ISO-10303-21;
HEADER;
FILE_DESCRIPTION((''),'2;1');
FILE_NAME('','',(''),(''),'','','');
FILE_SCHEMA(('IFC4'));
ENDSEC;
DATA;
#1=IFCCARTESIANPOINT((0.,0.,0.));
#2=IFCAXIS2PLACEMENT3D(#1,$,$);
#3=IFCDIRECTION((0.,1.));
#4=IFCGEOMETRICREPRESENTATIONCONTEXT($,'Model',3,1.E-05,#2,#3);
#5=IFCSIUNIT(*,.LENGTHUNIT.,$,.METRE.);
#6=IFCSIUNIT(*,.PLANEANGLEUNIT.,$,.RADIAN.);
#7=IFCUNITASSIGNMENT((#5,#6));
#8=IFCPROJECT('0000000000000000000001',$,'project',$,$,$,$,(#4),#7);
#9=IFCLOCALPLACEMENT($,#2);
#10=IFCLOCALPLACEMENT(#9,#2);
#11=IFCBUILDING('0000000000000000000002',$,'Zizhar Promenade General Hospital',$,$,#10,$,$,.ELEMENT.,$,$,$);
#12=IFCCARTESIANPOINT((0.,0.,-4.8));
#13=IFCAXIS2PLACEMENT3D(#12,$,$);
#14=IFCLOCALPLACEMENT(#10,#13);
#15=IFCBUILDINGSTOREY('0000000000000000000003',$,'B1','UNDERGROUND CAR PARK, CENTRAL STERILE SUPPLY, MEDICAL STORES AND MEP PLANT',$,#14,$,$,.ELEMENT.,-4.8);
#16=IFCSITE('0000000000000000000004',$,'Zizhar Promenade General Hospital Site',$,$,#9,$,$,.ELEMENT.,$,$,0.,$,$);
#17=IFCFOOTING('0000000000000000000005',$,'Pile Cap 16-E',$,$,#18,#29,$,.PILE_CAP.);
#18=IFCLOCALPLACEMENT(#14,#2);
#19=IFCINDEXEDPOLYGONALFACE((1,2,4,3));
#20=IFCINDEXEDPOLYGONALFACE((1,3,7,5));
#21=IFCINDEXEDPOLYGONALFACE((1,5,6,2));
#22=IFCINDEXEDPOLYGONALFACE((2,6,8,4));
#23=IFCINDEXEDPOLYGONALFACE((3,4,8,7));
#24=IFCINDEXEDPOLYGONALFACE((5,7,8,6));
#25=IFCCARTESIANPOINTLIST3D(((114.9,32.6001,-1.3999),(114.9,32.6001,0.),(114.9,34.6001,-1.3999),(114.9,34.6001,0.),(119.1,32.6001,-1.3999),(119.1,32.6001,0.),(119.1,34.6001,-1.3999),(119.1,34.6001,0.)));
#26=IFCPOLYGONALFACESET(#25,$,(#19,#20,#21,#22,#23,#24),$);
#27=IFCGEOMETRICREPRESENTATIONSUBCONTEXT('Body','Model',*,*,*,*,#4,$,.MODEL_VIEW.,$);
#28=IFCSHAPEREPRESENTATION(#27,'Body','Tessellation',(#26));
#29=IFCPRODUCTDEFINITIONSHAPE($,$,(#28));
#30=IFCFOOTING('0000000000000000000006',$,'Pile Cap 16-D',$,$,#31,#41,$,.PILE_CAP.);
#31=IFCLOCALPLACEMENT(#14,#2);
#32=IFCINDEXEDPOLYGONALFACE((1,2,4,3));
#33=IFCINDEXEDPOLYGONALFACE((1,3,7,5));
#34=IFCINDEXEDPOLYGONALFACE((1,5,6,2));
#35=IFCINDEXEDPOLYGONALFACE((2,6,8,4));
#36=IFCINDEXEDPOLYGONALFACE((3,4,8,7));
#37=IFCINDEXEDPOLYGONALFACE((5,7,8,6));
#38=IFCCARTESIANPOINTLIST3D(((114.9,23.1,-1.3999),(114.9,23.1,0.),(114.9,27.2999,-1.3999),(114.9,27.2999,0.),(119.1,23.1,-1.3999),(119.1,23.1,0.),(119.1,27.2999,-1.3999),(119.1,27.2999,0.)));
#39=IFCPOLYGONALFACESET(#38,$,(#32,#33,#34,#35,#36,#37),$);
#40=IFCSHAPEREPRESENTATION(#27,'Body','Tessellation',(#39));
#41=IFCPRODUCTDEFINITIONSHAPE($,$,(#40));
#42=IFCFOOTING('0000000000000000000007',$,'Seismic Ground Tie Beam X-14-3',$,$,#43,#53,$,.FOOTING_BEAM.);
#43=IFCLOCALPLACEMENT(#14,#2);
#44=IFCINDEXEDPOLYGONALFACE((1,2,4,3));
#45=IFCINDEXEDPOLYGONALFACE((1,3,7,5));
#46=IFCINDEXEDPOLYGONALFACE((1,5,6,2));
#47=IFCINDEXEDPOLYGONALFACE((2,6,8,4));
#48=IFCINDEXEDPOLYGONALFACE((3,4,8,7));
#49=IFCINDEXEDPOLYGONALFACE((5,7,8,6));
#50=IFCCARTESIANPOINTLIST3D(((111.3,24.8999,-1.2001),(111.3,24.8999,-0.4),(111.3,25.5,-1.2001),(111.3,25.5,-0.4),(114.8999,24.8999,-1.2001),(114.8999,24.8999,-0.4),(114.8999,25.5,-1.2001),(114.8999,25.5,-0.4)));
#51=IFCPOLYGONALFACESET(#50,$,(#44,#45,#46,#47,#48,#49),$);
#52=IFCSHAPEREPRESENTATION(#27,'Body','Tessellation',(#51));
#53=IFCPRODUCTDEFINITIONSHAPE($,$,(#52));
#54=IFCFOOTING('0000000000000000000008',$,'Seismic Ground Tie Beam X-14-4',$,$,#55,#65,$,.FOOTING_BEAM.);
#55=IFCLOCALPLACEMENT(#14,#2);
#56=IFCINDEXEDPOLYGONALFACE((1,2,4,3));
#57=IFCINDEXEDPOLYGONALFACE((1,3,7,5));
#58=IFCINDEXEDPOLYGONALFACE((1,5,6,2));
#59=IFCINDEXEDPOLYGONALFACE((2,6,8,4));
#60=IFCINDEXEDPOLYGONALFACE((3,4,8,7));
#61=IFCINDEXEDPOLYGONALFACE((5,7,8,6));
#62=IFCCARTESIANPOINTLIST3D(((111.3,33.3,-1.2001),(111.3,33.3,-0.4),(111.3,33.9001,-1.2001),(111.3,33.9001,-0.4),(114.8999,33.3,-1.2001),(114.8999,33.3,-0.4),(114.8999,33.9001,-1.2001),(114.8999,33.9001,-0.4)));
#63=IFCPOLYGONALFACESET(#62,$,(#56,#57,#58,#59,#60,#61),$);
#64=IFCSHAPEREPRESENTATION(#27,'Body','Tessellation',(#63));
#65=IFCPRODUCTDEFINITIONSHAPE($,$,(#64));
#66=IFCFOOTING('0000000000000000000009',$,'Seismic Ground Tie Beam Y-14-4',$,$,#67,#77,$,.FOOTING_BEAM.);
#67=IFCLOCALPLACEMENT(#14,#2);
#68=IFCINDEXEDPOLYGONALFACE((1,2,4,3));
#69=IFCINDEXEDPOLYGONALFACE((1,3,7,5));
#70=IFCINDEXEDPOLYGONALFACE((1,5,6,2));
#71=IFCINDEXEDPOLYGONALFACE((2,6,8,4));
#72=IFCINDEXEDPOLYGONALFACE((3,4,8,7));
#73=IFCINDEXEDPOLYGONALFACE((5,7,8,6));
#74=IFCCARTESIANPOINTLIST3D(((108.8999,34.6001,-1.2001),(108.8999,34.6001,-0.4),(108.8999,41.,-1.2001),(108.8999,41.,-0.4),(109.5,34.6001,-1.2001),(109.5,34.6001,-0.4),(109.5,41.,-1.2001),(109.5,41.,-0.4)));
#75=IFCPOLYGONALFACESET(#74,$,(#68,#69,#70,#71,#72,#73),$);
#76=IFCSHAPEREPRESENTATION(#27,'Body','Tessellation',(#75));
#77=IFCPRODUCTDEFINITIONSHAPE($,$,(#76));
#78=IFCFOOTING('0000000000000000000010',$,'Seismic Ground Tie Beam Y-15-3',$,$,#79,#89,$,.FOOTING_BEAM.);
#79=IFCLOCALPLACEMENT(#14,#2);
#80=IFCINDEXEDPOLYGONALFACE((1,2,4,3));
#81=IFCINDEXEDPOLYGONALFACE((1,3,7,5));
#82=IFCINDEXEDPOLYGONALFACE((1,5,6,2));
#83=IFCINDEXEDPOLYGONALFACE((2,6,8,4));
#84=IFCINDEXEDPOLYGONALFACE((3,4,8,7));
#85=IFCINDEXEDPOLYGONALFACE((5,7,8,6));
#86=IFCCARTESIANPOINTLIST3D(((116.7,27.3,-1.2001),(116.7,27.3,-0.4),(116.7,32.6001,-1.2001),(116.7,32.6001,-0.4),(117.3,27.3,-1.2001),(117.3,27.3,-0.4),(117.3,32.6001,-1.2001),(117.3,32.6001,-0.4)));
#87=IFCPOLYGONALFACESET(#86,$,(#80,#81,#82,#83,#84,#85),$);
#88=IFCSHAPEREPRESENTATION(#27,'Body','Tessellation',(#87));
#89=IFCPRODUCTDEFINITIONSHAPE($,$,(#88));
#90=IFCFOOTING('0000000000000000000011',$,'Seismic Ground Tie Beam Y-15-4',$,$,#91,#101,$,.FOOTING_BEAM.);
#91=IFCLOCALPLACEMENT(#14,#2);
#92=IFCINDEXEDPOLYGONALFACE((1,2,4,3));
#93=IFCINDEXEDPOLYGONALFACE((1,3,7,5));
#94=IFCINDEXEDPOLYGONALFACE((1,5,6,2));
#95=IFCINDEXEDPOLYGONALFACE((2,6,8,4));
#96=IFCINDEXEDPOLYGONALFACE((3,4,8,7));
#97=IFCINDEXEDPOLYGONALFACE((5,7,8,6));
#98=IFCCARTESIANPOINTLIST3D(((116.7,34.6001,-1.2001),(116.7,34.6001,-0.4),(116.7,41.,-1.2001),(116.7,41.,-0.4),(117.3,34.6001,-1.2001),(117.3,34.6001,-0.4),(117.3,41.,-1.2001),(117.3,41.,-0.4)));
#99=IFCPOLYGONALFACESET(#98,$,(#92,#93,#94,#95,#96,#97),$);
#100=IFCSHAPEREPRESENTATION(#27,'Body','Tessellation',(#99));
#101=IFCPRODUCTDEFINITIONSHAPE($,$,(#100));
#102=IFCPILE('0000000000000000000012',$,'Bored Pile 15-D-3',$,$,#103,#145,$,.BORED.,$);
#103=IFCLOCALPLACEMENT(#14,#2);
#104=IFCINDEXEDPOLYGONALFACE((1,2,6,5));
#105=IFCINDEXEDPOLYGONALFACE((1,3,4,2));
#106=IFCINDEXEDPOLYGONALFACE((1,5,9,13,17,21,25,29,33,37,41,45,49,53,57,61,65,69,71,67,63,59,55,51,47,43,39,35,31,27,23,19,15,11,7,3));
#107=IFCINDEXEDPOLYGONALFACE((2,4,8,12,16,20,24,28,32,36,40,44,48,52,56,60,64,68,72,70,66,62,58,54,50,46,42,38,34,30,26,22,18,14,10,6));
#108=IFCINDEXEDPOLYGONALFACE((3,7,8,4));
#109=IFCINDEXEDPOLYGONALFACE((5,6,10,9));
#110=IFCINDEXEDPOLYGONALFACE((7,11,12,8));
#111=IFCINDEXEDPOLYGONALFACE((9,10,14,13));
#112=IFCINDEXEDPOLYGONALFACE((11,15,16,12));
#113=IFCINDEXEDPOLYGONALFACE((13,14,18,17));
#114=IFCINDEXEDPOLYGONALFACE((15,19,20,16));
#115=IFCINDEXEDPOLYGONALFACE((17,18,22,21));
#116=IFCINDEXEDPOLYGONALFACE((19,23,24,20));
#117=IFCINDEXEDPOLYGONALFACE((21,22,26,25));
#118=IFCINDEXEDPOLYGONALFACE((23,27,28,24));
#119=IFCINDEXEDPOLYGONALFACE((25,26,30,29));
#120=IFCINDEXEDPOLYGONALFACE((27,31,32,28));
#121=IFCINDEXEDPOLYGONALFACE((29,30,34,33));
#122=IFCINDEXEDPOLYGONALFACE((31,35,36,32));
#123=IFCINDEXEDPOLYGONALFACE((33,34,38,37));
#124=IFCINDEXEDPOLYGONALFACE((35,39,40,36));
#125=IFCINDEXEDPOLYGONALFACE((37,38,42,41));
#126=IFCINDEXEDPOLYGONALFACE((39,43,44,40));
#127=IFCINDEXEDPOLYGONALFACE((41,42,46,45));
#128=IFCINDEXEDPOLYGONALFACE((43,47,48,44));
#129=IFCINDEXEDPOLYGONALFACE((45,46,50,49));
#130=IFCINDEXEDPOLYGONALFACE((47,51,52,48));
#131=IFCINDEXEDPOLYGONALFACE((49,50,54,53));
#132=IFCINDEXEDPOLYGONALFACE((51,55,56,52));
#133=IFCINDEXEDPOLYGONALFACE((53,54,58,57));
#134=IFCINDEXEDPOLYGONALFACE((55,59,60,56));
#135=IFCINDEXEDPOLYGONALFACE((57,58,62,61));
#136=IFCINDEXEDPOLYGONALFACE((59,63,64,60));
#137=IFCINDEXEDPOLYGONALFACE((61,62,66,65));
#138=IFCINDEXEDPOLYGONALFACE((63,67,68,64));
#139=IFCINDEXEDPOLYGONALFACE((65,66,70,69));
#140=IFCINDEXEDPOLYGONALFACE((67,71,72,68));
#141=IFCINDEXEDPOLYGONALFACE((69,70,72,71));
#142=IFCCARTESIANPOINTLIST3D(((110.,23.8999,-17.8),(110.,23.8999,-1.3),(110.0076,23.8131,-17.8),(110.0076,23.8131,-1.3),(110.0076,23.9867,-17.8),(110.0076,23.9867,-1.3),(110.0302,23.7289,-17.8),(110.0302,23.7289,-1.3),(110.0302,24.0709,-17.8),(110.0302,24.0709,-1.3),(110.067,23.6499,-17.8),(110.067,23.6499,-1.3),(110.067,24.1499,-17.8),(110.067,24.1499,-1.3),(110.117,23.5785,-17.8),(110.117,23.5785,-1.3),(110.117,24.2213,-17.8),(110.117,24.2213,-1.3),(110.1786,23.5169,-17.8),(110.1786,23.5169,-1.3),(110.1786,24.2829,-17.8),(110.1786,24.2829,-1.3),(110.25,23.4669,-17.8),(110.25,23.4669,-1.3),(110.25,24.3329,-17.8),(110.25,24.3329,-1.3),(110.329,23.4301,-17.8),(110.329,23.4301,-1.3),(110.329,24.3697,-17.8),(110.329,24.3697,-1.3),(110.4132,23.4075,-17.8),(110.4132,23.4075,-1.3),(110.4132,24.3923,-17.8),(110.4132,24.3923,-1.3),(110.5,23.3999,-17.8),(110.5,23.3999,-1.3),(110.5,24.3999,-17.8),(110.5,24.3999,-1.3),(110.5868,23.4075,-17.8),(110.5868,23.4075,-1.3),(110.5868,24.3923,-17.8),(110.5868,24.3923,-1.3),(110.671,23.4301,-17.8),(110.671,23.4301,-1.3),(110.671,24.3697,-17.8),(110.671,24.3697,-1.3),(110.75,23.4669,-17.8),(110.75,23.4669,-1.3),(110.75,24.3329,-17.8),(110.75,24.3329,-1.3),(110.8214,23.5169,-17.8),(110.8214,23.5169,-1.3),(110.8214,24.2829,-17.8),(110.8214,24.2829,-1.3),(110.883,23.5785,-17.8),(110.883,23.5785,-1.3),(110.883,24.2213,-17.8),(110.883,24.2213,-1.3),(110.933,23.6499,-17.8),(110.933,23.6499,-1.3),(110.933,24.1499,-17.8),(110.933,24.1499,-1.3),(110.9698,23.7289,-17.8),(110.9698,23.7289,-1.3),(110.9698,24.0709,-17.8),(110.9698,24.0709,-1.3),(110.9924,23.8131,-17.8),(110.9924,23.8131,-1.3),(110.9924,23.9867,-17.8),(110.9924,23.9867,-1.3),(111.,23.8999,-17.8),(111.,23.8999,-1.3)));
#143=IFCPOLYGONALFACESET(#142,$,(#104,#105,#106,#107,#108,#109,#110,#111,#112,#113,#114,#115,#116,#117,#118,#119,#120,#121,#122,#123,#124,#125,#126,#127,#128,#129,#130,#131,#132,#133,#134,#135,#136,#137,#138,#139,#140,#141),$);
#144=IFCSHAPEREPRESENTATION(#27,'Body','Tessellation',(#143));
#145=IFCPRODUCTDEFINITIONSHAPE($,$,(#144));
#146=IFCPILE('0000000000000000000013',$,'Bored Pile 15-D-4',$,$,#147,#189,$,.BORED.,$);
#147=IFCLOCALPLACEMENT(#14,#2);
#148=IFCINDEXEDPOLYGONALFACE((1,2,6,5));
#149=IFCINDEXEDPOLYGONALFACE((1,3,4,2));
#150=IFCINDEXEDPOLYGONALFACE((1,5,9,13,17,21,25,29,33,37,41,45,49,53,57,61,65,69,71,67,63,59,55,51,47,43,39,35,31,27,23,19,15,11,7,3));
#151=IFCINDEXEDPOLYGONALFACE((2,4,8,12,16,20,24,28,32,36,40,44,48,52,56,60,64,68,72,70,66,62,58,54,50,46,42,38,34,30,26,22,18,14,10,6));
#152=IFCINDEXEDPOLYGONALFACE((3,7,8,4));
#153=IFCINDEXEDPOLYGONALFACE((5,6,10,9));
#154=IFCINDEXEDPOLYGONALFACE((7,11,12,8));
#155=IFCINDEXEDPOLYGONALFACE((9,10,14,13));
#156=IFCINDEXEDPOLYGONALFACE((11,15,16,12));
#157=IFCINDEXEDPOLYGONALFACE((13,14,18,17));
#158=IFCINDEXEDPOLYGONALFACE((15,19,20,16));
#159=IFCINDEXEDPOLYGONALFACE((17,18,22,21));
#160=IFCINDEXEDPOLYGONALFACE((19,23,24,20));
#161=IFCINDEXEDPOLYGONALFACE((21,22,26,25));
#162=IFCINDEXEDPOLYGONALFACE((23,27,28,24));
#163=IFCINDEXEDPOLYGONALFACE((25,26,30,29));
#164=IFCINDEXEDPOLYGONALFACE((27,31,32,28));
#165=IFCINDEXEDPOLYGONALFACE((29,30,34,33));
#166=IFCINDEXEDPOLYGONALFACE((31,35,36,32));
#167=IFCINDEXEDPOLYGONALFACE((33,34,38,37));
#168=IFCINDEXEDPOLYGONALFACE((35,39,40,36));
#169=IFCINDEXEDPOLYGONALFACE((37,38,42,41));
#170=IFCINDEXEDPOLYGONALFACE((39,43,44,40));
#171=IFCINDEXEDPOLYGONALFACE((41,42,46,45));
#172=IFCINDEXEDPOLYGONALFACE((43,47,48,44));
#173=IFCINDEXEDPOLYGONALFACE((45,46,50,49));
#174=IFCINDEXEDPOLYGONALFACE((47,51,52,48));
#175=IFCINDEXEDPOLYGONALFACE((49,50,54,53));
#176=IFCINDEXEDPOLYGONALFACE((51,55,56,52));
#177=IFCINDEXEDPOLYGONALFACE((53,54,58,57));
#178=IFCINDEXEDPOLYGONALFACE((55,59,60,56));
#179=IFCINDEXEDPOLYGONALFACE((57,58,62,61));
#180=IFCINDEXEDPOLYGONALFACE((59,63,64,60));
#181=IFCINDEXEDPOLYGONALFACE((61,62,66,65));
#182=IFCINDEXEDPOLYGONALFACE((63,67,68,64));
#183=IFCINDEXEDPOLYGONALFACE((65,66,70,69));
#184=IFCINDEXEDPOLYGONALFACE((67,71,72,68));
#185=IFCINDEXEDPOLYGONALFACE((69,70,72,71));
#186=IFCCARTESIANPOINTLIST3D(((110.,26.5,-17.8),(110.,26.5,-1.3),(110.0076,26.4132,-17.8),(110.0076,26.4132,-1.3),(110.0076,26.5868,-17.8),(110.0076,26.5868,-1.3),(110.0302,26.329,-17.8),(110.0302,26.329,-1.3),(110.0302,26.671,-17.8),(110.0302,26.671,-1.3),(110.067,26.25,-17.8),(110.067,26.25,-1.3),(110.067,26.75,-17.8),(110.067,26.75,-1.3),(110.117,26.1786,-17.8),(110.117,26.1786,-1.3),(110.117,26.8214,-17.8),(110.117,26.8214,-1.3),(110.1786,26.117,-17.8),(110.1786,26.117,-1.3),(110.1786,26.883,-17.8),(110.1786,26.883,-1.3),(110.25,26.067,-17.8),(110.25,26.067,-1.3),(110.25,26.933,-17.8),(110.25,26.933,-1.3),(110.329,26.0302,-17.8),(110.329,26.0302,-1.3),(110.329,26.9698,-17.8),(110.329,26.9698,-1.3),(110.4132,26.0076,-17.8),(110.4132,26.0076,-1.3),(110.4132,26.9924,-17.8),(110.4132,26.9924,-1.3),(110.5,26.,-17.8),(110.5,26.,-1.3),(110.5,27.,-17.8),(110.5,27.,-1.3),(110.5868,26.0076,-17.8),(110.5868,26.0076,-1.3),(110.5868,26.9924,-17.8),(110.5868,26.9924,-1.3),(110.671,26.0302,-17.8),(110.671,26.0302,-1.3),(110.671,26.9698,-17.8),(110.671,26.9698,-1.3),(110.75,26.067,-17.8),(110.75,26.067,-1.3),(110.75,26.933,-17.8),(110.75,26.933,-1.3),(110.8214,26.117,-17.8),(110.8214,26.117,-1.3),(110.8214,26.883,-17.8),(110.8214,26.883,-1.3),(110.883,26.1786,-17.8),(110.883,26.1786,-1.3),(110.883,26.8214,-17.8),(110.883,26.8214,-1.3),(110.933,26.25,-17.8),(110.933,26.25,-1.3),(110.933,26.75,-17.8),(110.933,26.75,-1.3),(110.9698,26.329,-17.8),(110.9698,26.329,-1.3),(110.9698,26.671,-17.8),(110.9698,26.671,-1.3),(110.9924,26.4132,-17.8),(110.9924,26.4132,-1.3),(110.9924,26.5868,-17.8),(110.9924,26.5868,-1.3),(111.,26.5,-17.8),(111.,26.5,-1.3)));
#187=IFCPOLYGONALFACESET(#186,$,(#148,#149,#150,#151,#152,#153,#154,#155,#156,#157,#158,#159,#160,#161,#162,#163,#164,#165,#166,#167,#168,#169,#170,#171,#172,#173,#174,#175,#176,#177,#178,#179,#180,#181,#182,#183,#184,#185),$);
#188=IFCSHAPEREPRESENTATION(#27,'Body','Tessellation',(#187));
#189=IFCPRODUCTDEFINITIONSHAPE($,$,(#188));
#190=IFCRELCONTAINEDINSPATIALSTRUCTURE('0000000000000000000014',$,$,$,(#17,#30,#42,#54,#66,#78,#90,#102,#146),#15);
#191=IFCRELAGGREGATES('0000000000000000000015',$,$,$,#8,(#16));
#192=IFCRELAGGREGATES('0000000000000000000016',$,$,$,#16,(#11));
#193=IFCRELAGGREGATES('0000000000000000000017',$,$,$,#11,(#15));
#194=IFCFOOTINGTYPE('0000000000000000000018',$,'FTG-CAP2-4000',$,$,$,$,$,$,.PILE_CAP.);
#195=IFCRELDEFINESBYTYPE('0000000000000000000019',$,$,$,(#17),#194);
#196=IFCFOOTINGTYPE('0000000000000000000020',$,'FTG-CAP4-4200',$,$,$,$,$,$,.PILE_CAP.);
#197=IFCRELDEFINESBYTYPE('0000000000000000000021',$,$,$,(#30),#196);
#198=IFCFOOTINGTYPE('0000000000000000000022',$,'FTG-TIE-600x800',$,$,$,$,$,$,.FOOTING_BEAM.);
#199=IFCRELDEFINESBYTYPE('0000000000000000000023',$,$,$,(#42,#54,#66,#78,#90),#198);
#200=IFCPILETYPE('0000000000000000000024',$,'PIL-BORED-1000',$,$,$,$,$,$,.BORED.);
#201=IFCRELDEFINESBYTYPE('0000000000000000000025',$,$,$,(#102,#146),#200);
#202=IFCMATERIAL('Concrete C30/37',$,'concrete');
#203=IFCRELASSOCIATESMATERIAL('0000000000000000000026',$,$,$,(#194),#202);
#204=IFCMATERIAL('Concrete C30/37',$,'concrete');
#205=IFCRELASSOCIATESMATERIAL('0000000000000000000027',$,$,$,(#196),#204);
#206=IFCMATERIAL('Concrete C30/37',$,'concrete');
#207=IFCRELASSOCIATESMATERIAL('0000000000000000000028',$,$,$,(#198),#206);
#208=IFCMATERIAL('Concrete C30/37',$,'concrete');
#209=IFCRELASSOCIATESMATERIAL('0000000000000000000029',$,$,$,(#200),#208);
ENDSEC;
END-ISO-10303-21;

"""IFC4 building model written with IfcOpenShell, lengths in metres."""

from ifc_helpers import new_model, si_unit, direction, frame, origin, origin_2d, place, context, subcontext, project, spatial, rectangle, circle, extrude, material, material_profile, profile_set, type_object, element, save


model = new_model("IFC4")

# Units and contexts
model_context = context("Model", 3, precision=1e-05, world=origin(), true_north=direction((0.0, 1.0)))
body_context = subcontext(model_context, "Body", "Model", "MODEL_VIEW")
ifc_project = project(units=[si_unit("LENGTHUNIT", "METRE"), si_unit("PLANEANGLEUNIT", "RADIAN")], contexts=[model_context])

# Site, building, storey
site_placement = place(None, origin())
site = spatial("IfcSite", under=ifc_project, at=site_placement, Name="Zizhar Promenade General Hospital Site", CompositionType="ELEMENT", RefElevation=0.0)
building_placement = place(site_placement, origin())
building = spatial("IfcBuilding", under=site, at=building_placement, Name="Zizhar Promenade General Hospital", CompositionType="ELEMENT")
storey_placement = place(building_placement, frame((0.0, 0.0, -4.8)))
storey = spatial("IfcBuildingStorey", under=building, at=storey_placement, Name="B1", Description="UNDERGROUND CAR PARK, CENTRAL STERILE SUPPLY, MEDICAL STORES AND MEP PLANT", CompositionType="ELEMENT", Elevation=-4.8)

# Footings
ifc_material_1 = material(Name="Concrete C30/37", Category="concrete")
footing_type_1 = type_object("IfcFootingType", Name="FTG-CAP2-4000", PredefinedType="PILE_CAP", material=ifc_material_1)
footing_1_placement = place(storey_placement, frame((117.0, 33.6001, -1.3999), z_axis=(0.0, 0.0, 1.0), x_axis=(1.0, 0.0, 0.0)))
element("IfcFooting", 1, at=footing_1_placement, inside=storey, type_object=footing_type_1, Name="Pile Cap 16-E", PredefinedType="PILE_CAP", context=body_context, shape_type="SweptSolid", body=[
    extrude(rectangle(XDim=4.2, YDim=2.0, at=origin_2d()), origin(), (0.0, 0.0, 1.0), 1.3999),
])
ifc_material_2 = material(Name="Concrete C30/37", Category="concrete")
footing_type_2 = type_object("IfcFootingType", Name="FTG-CAP4-4200", PredefinedType="PILE_CAP", material=ifc_material_2)
footing_2_placement = place(storey_placement, frame((117.0, 25.2, -1.3999), z_axis=(0.0, 0.0, 1.0), x_axis=(1.0, 0.0, 0.0)))
element("IfcFooting", 2, at=footing_2_placement, inside=storey, type_object=footing_type_2, Name="Pile Cap 16-D", PredefinedType="PILE_CAP", context=body_context, shape_type="SweptSolid", body=[
    extrude(rectangle(XDim=4.2, YDim=4.2, at=origin_2d()), origin(), (0.0, 0.0, 1.0), 1.3999),
])
ifc_material_3 = material(Name="Concrete C30/37", Category="concrete")
ifc_material_profile_1 = material_profile(ifc_material_3, rectangle(XDim=0.6001, YDim=0.8, at=origin_2d()))
ifc_profile_set_1 = profile_set([ifc_material_profile_1], Name="Concrete C30/37")
footing_type_3 = type_object("IfcFootingType", Name="FTG-TIE-600x800", PredefinedType="FOOTING_BEAM", material=ifc_profile_set_1)
for number, where, z_axis, x_axis, name in (
    (3, (111.3, 25.2, -0.8), (1.0, 0.0, 0.0), (0.0, 1.0, 0.0), "Seismic Ground Tie Beam X-14-3"),
    (4, (111.3, 33.6001, -0.8), (1.0, 0.0, 0.0), (0.0, 1.0, 0.0), "Seismic Ground Tie Beam X-14-4"),
):
    element("IfcFooting", number, at=place(storey_placement, frame(where, z_axis=z_axis, x_axis=x_axis)), inside=storey, type_object=footing_type_3, Name=name, PredefinedType="FOOTING_BEAM", context=body_context, shape_type="SweptSolid", body=[
        extrude(rectangle(XDim=0.6001, YDim=0.8, at=origin_2d()), origin(), (0.0, 0.0, 1.0), 3.5999),
    ])
footing_3_placement = place(storey_placement, frame((109.2, 34.6001, -0.8), z_axis=(0.0, 1.0, 0.0), x_axis=(-1.0, 0.0, 0.0)))
element("IfcFooting", 5, at=footing_3_placement, inside=storey, type_object=footing_type_3, Name="Seismic Ground Tie Beam Y-14-4", PredefinedType="FOOTING_BEAM", context=body_context, shape_type="SweptSolid", body=[
    extrude(rectangle(XDim=0.6001, YDim=0.8, at=origin_2d()), origin(), (0.0, 0.0, 1.0), 6.3999),
])
footing_4_placement = place(storey_placement, frame((117.0, 27.3, -0.8), z_axis=(0.0, 1.0, 0.0), x_axis=(-1.0, 0.0, 0.0)))
element("IfcFooting", 6, at=footing_4_placement, inside=storey, type_object=footing_type_3, Name="Seismic Ground Tie Beam Y-15-3", PredefinedType="FOOTING_BEAM", context=body_context, shape_type="SweptSolid", body=[
    extrude(rectangle(XDim=0.6001, YDim=0.8, at=origin_2d()), origin(), (0.0, 0.0, 1.0), 5.3),
])
footing_5_placement = place(storey_placement, frame((117.0, 34.6001, -0.8), z_axis=(0.0, 1.0, 0.0), x_axis=(-1.0, 0.0, 0.0)))
element("IfcFooting", 7, at=footing_5_placement, inside=storey, type_object=footing_type_3, Name="Seismic Ground Tie Beam Y-15-4", PredefinedType="FOOTING_BEAM", context=body_context, shape_type="SweptSolid", body=[
    extrude(rectangle(XDim=0.6001, YDim=0.8, at=origin_2d()), origin(), (0.0, 0.0, 1.0), 6.3999),
])

# Piles
ifc_material_4 = material(Name="Concrete C30/37", Category="concrete")
ifc_material_profile_2 = material_profile(ifc_material_4, circle(Radius=0.5, at=origin_2d()))
ifc_profile_set_2 = profile_set([ifc_material_profile_2], Name="Concrete C30/37")
pile_type = type_object("IfcPileType", Name="PIL-BORED-1000", PredefinedType="BORED", material=ifc_profile_set_2)
for number, where, z_axis, x_axis, name in (
    (8, (110.5, 23.8999, -1.3), (0.0, 0.0, -1.0), (1.0, 0.0, 0.0), "Bored Pile 15-D-3"),
    (9, (110.5, 26.5, -1.3), (0.0, 0.0, -1.0), (1.0, 0.0, 0.0), "Bored Pile 15-D-4"),
):
    element("IfcPile", number, at=place(storey_placement, frame(where, z_axis=z_axis, x_axis=x_axis)), inside=storey, type_object=pile_type, Name=name, PredefinedType="BORED", context=body_context, shape_type="SweptSolid", body=[
        extrude(circle(Radius=0.5, at=origin_2d()), origin(), (0.0, 0.0, 1.0), 16.5),
    ])

save(model, "model.ifc")
